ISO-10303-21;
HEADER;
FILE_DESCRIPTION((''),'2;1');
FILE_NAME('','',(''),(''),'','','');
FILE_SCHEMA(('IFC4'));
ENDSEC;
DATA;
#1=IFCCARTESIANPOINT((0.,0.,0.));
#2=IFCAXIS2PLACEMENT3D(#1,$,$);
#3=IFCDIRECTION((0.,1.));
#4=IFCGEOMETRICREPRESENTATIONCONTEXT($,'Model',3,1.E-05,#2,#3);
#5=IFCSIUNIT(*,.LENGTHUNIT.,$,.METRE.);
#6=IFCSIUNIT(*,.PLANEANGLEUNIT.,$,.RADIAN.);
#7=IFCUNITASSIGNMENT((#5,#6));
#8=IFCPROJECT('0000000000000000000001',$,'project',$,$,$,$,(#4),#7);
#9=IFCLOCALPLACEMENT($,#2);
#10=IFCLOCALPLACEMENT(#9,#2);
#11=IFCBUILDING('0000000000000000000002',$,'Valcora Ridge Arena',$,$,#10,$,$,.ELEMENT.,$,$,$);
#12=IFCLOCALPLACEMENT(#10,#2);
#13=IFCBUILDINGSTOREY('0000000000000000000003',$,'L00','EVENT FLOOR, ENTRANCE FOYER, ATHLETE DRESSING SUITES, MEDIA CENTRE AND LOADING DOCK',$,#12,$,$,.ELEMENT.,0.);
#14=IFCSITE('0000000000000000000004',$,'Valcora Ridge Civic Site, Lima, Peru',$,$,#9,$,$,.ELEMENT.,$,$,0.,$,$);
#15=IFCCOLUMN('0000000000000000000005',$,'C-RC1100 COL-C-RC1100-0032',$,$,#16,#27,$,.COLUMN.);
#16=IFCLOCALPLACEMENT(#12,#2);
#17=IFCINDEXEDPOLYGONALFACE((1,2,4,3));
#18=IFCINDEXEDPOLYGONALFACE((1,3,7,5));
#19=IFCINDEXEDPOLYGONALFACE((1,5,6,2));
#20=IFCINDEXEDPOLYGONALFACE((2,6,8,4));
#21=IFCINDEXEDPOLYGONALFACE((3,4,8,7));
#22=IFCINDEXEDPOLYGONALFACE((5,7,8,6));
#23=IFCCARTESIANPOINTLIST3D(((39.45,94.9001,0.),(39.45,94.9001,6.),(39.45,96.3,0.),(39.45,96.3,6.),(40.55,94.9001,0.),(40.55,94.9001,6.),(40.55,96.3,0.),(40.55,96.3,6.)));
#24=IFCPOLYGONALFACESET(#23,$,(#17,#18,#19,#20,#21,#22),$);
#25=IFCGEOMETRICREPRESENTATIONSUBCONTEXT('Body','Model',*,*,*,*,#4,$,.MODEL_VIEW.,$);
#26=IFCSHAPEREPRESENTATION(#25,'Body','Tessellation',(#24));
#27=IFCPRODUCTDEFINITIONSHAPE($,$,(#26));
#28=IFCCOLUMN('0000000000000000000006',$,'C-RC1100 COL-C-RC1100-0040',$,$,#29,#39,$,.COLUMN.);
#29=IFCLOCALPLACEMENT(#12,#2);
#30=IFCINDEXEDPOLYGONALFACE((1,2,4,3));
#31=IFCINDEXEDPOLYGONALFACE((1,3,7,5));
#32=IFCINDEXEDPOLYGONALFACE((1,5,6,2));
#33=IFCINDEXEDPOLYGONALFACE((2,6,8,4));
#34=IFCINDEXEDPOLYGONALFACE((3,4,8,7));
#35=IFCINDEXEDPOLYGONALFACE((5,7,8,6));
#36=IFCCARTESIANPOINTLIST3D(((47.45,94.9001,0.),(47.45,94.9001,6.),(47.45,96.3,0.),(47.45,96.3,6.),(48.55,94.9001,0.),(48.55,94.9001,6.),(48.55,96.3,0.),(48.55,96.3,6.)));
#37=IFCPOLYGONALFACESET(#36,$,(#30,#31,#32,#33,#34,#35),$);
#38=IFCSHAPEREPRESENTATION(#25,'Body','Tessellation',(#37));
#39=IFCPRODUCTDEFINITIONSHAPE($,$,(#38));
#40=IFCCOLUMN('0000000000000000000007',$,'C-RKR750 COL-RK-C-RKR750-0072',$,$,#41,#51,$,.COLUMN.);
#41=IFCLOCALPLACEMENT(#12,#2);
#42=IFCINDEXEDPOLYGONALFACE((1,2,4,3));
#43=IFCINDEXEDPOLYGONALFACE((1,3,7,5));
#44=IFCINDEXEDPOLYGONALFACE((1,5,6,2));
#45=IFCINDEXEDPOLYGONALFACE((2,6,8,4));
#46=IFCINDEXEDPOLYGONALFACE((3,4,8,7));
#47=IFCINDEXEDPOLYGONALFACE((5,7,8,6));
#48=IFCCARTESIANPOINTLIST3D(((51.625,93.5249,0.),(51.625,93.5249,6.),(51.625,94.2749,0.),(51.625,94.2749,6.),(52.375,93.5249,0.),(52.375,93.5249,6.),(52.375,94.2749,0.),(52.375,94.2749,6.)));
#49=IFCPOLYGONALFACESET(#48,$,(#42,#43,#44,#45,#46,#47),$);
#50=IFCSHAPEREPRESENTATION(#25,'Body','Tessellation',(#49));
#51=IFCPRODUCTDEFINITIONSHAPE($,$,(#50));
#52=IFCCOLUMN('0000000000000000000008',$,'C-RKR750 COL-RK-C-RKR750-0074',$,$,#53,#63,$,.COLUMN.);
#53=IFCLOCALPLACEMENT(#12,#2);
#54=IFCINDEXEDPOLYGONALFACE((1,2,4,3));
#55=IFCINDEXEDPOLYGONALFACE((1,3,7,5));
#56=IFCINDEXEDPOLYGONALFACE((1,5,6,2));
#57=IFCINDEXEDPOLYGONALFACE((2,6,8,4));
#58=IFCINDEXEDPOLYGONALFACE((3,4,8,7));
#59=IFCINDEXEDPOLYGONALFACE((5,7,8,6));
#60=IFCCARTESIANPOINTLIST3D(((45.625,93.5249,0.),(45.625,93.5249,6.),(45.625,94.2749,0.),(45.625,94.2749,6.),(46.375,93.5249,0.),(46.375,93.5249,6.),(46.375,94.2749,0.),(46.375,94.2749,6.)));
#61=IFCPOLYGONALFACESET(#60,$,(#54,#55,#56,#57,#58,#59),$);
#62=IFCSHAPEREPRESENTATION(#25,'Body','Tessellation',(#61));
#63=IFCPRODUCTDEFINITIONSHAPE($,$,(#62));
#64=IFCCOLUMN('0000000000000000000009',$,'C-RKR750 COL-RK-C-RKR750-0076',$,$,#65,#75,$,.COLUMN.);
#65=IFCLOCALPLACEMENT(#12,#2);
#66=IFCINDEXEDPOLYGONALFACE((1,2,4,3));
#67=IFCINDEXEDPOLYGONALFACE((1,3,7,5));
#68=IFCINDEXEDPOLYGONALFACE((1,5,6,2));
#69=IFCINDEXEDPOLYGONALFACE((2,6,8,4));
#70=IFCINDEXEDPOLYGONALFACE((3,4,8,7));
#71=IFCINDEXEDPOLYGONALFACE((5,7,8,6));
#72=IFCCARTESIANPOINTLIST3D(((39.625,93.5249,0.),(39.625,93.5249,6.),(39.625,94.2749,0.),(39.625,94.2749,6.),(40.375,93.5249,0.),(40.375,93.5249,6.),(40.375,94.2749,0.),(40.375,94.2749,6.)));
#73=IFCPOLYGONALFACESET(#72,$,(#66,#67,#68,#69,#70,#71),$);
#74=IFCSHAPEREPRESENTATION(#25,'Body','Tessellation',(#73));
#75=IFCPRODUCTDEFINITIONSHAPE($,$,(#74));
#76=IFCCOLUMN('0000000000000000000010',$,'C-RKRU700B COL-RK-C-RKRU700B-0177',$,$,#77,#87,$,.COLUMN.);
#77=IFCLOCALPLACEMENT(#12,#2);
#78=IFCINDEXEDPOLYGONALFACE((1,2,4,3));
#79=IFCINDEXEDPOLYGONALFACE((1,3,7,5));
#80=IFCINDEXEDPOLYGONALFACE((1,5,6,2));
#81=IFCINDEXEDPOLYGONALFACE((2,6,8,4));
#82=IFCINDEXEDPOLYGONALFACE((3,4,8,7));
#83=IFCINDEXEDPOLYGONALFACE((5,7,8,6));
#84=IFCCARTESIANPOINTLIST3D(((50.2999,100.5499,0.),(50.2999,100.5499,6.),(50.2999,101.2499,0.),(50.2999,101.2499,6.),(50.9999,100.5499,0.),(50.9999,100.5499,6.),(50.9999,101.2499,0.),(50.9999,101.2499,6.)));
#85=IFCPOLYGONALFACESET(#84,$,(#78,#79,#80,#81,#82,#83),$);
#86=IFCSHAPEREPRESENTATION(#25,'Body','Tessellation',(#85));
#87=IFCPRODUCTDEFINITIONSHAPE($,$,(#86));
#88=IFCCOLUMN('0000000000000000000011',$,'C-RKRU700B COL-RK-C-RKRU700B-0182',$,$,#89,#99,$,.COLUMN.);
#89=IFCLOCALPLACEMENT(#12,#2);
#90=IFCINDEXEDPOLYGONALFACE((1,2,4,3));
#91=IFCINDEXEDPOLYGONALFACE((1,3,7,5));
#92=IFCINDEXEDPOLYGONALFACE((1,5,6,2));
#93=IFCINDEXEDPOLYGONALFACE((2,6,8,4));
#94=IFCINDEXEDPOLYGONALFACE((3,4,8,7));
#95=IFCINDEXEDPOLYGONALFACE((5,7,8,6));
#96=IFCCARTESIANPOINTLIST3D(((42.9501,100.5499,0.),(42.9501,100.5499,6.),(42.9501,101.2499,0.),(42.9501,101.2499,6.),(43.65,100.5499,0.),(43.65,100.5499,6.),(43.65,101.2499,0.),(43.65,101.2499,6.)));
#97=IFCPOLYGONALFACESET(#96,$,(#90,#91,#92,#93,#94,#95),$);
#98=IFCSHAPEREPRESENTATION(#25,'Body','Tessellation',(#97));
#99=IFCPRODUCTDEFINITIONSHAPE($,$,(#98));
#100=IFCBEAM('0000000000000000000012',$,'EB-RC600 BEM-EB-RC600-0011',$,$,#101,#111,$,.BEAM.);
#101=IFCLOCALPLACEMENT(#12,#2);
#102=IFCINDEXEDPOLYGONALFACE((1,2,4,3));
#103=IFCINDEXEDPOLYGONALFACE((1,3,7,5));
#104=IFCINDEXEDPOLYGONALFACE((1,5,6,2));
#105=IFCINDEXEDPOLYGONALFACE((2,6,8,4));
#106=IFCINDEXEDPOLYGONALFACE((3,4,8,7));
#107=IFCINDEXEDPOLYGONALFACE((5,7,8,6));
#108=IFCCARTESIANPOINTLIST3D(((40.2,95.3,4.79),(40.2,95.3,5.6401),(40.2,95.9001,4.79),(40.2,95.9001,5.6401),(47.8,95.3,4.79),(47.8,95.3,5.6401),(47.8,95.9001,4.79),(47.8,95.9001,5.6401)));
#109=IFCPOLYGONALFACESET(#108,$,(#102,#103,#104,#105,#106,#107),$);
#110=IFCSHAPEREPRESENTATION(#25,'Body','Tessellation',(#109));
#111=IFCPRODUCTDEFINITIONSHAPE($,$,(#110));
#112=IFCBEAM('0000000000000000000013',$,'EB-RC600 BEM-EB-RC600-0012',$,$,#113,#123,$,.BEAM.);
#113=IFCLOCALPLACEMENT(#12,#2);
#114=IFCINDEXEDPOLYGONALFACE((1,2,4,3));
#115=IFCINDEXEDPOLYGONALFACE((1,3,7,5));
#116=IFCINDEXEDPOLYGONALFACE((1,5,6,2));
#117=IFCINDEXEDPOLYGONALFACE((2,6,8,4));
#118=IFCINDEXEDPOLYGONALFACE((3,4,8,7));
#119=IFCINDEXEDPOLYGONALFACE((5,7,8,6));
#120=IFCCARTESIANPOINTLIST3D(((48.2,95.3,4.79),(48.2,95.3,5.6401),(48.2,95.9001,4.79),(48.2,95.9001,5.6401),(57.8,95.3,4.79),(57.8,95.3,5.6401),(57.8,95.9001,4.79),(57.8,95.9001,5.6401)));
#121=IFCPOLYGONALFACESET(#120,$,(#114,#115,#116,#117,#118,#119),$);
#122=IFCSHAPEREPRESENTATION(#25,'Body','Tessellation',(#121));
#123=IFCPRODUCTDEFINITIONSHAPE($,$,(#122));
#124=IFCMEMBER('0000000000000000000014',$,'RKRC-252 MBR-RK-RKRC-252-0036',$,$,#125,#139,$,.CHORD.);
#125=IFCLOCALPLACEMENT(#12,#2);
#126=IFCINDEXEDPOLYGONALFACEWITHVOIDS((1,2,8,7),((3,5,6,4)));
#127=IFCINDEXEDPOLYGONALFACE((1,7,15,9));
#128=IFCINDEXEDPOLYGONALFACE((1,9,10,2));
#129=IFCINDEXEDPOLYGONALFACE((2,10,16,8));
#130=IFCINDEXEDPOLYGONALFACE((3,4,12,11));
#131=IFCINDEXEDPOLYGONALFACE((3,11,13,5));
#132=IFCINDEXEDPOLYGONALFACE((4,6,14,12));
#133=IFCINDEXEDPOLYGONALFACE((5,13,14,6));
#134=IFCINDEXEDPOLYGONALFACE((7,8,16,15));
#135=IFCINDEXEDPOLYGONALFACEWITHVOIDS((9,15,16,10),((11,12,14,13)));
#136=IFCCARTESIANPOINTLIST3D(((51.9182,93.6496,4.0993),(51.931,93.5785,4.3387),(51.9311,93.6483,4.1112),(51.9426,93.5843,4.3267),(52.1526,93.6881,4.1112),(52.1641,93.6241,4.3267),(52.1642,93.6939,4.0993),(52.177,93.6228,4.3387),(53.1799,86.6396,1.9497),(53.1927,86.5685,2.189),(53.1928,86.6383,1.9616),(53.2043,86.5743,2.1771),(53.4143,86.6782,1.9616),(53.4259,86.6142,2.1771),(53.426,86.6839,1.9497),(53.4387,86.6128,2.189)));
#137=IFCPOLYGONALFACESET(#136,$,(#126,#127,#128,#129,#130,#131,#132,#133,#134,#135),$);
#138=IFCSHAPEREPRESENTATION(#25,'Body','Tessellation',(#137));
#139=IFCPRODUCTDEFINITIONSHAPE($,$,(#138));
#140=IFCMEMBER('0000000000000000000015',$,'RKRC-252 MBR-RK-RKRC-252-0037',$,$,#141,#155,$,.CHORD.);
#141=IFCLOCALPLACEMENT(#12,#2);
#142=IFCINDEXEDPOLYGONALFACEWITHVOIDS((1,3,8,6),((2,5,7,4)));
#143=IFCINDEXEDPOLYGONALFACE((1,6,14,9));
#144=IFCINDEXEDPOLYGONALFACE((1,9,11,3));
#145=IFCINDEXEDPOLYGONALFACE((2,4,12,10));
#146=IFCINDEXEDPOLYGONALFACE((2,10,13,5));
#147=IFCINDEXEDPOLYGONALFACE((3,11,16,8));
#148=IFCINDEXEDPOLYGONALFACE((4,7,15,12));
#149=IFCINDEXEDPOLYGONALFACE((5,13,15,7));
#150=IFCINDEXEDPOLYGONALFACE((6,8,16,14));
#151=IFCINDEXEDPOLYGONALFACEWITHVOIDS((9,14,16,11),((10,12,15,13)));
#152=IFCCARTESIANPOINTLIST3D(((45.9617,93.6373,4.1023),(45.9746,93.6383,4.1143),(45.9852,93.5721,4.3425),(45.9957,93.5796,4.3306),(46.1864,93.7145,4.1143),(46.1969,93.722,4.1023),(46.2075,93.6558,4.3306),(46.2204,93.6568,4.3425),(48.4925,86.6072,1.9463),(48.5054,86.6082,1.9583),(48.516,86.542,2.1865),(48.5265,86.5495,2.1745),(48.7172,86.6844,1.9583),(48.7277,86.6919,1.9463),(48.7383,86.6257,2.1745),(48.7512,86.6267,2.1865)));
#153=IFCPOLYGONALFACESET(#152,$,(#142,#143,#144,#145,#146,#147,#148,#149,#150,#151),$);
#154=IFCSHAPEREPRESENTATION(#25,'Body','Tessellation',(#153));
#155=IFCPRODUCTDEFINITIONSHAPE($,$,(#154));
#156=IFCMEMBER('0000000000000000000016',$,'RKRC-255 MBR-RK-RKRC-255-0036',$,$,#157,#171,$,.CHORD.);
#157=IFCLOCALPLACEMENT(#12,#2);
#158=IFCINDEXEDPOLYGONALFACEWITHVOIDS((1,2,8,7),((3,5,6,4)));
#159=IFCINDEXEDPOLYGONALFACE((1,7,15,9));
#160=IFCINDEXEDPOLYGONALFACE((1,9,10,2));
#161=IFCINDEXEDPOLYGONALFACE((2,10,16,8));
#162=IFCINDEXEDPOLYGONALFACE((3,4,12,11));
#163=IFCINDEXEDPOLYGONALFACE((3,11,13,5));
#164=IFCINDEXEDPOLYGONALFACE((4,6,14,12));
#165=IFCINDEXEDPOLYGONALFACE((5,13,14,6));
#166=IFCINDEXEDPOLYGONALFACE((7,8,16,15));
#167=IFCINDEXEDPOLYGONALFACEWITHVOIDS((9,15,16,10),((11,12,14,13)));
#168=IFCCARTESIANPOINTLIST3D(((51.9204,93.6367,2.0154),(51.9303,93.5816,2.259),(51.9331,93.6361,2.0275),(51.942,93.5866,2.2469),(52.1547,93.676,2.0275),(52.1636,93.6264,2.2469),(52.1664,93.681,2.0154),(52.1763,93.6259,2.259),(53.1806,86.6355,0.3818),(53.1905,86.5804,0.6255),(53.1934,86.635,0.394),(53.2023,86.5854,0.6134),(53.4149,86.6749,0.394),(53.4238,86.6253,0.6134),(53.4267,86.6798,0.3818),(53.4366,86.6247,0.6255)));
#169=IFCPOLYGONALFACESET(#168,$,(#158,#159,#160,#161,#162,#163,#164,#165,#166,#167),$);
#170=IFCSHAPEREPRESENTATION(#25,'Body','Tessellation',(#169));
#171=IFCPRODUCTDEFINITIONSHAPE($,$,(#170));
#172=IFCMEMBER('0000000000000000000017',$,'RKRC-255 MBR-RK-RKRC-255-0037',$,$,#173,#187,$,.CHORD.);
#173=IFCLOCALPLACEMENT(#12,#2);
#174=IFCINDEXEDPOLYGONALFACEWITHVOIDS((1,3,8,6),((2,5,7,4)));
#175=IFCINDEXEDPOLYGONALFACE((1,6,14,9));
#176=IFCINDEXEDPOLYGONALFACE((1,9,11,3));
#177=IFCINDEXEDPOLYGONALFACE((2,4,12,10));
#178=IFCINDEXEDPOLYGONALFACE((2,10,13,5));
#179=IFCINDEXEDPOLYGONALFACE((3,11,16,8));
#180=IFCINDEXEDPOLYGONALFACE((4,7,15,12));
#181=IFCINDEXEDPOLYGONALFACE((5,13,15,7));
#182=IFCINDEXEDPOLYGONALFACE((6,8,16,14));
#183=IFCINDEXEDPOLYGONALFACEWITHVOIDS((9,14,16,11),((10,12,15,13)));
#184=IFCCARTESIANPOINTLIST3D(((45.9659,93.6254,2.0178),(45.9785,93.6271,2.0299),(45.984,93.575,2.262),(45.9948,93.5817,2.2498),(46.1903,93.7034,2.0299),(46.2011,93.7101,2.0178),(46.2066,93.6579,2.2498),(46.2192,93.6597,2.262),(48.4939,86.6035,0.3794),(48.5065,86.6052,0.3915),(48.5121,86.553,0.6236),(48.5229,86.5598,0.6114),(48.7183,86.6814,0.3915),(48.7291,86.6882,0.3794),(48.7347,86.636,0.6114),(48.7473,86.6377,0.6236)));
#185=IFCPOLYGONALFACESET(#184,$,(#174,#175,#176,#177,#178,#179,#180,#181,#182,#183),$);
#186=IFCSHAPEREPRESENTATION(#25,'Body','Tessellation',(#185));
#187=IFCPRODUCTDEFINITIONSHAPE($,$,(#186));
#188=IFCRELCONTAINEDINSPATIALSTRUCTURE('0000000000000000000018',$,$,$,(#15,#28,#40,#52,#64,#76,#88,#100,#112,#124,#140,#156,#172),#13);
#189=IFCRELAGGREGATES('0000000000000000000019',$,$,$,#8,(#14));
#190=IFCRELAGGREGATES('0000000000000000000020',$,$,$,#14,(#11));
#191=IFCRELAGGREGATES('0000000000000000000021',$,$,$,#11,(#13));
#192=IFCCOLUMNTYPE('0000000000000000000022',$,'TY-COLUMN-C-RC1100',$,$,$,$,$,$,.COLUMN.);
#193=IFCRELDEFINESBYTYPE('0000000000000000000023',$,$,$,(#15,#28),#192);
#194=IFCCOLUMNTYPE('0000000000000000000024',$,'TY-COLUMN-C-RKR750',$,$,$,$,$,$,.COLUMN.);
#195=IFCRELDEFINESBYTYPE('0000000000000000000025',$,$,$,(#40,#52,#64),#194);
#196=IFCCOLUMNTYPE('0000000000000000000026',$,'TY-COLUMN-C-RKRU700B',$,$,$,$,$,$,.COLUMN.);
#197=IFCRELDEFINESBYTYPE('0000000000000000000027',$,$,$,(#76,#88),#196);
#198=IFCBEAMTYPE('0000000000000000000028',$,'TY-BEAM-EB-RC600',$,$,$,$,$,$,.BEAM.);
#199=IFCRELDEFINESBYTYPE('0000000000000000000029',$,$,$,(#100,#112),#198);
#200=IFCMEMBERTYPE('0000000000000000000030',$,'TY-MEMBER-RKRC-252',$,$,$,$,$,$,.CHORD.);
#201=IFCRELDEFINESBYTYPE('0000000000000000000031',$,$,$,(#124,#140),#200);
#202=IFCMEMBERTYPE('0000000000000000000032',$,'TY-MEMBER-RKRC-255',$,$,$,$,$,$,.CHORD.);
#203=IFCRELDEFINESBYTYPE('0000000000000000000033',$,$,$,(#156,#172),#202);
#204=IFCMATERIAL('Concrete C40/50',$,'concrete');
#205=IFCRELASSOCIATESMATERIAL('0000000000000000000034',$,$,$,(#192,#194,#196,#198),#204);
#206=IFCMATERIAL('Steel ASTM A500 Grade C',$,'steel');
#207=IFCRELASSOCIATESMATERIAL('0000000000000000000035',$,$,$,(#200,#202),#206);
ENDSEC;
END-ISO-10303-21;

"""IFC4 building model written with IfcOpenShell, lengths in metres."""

from ifc_helpers import new_model, si_unit, direction, frame, origin, origin_2d, place, context, subcontext, project, spatial, rectangle, hollow_rectangle, extrude, material, material_profile, profile_set, type_object, element, save


model = new_model("IFC4")

# Units and contexts
model_context = context("Model", 3, precision=1e-05, world=origin(), true_north=direction((0.0, 1.0)))
body_context = subcontext(model_context, "Body", "Model", "MODEL_VIEW")
ifc_project = project(units=[si_unit("LENGTHUNIT", "METRE"), si_unit("PLANEANGLEUNIT", "RADIAN")], contexts=[model_context])

# Site, building, storey
site_placement = place(None, origin())
site = spatial("IfcSite", under=ifc_project, at=site_placement, Name="Valcora Ridge Civic Site, Lima, Peru", CompositionType="ELEMENT", RefElevation=0.0)
building_placement = place(site_placement, origin())
building = spatial("IfcBuilding", under=site, at=building_placement, Name="Valcora Ridge Arena", CompositionType="ELEMENT")
storey_placement = place(building_placement, origin())
storey = spatial("IfcBuildingStorey", under=building, at=storey_placement, Name="L00", Description="EVENT FLOOR, ENTRANCE FOYER, ATHLETE DRESSING SUITES, MEDIA CENTRE AND LOADING DOCK", CompositionType="ELEMENT", Elevation=0.0)

# Columns
ifc_material_1 = material(Name="Concrete C40/50", Category="concrete")
ifc_material_profile_1 = material_profile(ifc_material_1, rectangle(XDim=1.1001, YDim=1.3999, at=origin_2d()), Name="RC 1100x1400")
ifc_profile_set_1 = profile_set([ifc_material_profile_1], Name="Concrete C40/50")
column_type_1 = type_object("IfcColumnType", Name="TY-COLUMN-C-RC1100", PredefinedType="COLUMN", material=ifc_profile_set_1)
for number, where, z_axis, x_axis, name in (
    (1, (40.0, 95.6001, 0.0), (0.0, 0.0, 1.0), (1.0, 0.0, 0.0), "C-RC1100 COL-C-RC1100-0032"),
    (2, (48.0, 95.6001, 0.0), (0.0, 0.0, 1.0), (1.0, 0.0, 0.0), "C-RC1100 COL-C-RC1100-0040"),
):
    element("IfcColumn", number, at=place(storey_placement, frame(where, z_axis=z_axis, x_axis=x_axis)), inside=storey, type_object=column_type_1, Name=name, PredefinedType="COLUMN", context=body_context, shape_type="SweptSolid", body=[
        extrude(rectangle(XDim=1.1001, YDim=1.3999, at=origin_2d()), origin(), (0.0, 0.0, 1.0), 6.0),
    ])
ifc_material_profile_2 = material_profile(ifc_material_1, rectangle(XDim=0.75, YDim=0.75, at=origin_2d()), Name="RC 750x750")
ifc_profile_set_2 = profile_set([ifc_material_profile_2], Name="Concrete C40/50")
column_type_2 = type_object("IfcColumnType", Name="TY-COLUMN-C-RKR750", PredefinedType="COLUMN", material=ifc_profile_set_2)
for number, where, z_axis, x_axis, name in (
    (3, (52.0, 93.8999, 0.0), (0.0, 0.0, 1.0), (1.0, 0.0, 0.0), "C-RKR750 COL-RK-C-RKR750-0072"),
    (4, (46.0, 93.8999, 0.0), (0.0, 0.0, 1.0), (1.0, 0.0, 0.0), "C-RKR750 COL-RK-C-RKR750-0074"),
    (5, (40.0, 93.8999, 0.0), (0.0, 0.0, 1.0), (1.0, 0.0, 0.0), "C-RKR750 COL-RK-C-RKR750-0076"),
):
    element("IfcColumn", number, at=place(storey_placement, frame(where, z_axis=z_axis, x_axis=x_axis)), inside=storey, type_object=column_type_2, Name=name, PredefinedType="COLUMN", context=body_context, shape_type="SweptSolid", body=[
        extrude(rectangle(XDim=0.75, YDim=0.75, at=origin_2d()), origin(), (0.0, 0.0, 1.0), 6.0),
    ])
ifc_material_profile_3 = material_profile(ifc_material_1, rectangle(XDim=0.7, YDim=0.7, at=origin_2d()), Name="RC 700x700")
ifc_profile_set_3 = profile_set([ifc_material_profile_3], Name="Concrete C40/50")
column_type_3 = type_object("IfcColumnType", Name="TY-COLUMN-C-RKRU700B", PredefinedType="COLUMN", material=ifc_profile_set_3)
for number, where, z_axis, x_axis, name in (
    (6, (50.6499, 100.8999, 0.0), (0.0, 0.0, 1.0), (1.0, 0.0, 0.0), "C-RKRU700B COL-RK-C-RKRU700B-0177"),
    (7, (43.3, 100.8999, 0.0), (0.0, 0.0, 1.0), (1.0, 0.0, 0.0), "C-RKRU700B COL-RK-C-RKRU700B-0182"),
):
    element("IfcColumn", number, at=place(storey_placement, frame(where, z_axis=z_axis, x_axis=x_axis)), inside=storey, type_object=column_type_3, Name=name, PredefinedType="COLUMN", context=body_context, shape_type="SweptSolid", body=[
        extrude(rectangle(XDim=0.7, YDim=0.7, at=origin_2d()), origin(), (0.0, 0.0, 1.0), 6.0),
    ])

# Beams
ifc_material_profile_4 = material_profile(ifc_material_1, rectangle(XDim=0.6001, YDim=0.8501, at=origin_2d()), Name="RC 600x850")
ifc_profile_set_4 = profile_set([ifc_material_profile_4], Name="Concrete C40/50")
beam_type = type_object("IfcBeamType", Name="TY-BEAM-EB-RC600", PredefinedType="BEAM", material=ifc_profile_set_4)
beam_1_placement = place(storey_placement, frame((40.2, 95.6001, 5.2151), z_axis=(1.0, 0.0, 0.0), x_axis=(0.0, 1.0, 0.0)))
element("IfcBeam", 8, at=beam_1_placement, inside=storey, type_object=beam_type, Name="EB-RC600 BEM-EB-RC600-0011", PredefinedType="BEAM", context=body_context, shape_type="SweptSolid", body=[
    extrude(rectangle(XDim=0.6001, YDim=0.8501, at=origin_2d()), origin(), (0.0, 0.0, 1.0), 7.6001),
])
beam_2_placement = place(storey_placement, frame((48.2, 95.6001, 5.2151), z_axis=(1.0, 0.0, 0.0), x_axis=(0.0, 1.0, 0.0)))
element("IfcBeam", 9, at=beam_2_placement, inside=storey, type_object=beam_type, Name="EB-RC600 BEM-EB-RC600-0012", PredefinedType="BEAM", context=body_context, shape_type="SweptSolid", body=[
    extrude(rectangle(XDim=0.6001, YDim=0.8501, at=origin_2d()), origin(), (0.0, 0.0, 1.0), 9.6001),
])

# Members
ifc_material_2 = material(Name="Steel ASTM A500 Grade C", Category="steel")
ifc_material_profile_5 = material_profile(ifc_material_2, hollow_rectangle(XDim=0.25, YDim=0.25, WallThickness=0.0125, at=origin_2d()), Name="HSS250X250X12")
ifc_profile_set_5 = profile_set([ifc_material_profile_5], Name="Steel ASTM A500 Grade C")
member_type_1 = type_object("IfcMemberType", Name="TY-MEMBER-RKRC-252", PredefinedType="CHORD", material=ifc_profile_set_5)
member_1_placement = place(storey_placement, frame((53.3093, 86.6262, 2.0693), z_axis=(-0.169586, 0.942209, 0.288934), x_axis=(-0.984185, -0.177142, 0.0)))
element("IfcMember", 10, at=member_1_placement, inside=storey, type_object=member_type_1, Name="RKRC-252 MBR-RK-RKRC-252-0036", PredefinedType="CHORD", context=body_context, shape_type="SweptSolid", body=[
    extrude(hollow_rectangle(XDim=0.25, YDim=0.25, WallThickness=0.0125, at=origin_2d()), origin(), (0.0, 0.0, 1.0), 7.4399),
])
member_2_placement = place(storey_placement, frame((48.6218, 86.6169, 2.0664), z_axis=(-0.325436, 0.904006, 0.277245), x_axis=(-0.940889, -0.338714, 0.0)))
element("IfcMember", 11, at=member_2_placement, inside=storey, type_object=member_type_1, Name="RKRC-252 MBR-RK-RKRC-252-0037", PredefinedType="CHORD", context=body_context, shape_type="SweptSolid", body=[
    extrude(hollow_rectangle(XDim=0.25, YDim=0.25, WallThickness=0.0125, at=origin_2d()), origin(), (0.0, 0.0, 1.0), 7.7766),
])
ifc_material_profile_6 = material_profile(ifc_material_2, hollow_rectangle(XDim=0.25, YDim=0.25, WallThickness=0.0125, at=origin_2d()), Name="HSS250X250X12")
ifc_profile_set_6 = profile_set([ifc_material_profile_6], Name="Steel ASTM A500 Grade C")
member_type_2 = type_object("IfcMemberType", Name="TY-MEMBER-RKRC-255", PredefinedType="CHORD", material=ifc_profile_set_6)
member_3_placement = place(storey_placement, frame((53.3086, 86.6301, 0.5037), z_axis=(-0.172664, 0.959217, 0.223807), x_axis=(-0.984182, -0.177158, 0.0)))
element("IfcMember", 12, at=member_3_placement, inside=storey, type_object=member_type_2, Name="RKRC-255 MBR-RK-RKRC-255-0036", PredefinedType="CHORD", context=body_context, shape_type="SweptSolid", body=[
    extrude(hollow_rectangle(XDim=0.25, YDim=0.25, WallThickness=0.0125, at=origin_2d()), origin(), (0.0, 0.0, 1.0), 7.2988),
])
member_4_placement = place(storey_placement, frame((48.6206, 86.6206, 0.5015), z_axis=(-0.33086, 0.918995, 0.214428), x_axis=(-0.94088, -0.338739, 0.0)))
element("IfcMember", 13, at=member_4_placement, inside=storey, type_object=member_type_2, Name="RKRC-255 MBR-RK-RKRC-255-0037", PredefinedType="CHORD", context=body_context, shape_type="SweptSolid", body=[
    extrude(hollow_rectangle(XDim=0.25, YDim=0.25, WallThickness=0.0125, at=origin_2d()), origin(), (0.0, 0.0, 1.0), 7.6409),
])

save(model, "model.ifc")
